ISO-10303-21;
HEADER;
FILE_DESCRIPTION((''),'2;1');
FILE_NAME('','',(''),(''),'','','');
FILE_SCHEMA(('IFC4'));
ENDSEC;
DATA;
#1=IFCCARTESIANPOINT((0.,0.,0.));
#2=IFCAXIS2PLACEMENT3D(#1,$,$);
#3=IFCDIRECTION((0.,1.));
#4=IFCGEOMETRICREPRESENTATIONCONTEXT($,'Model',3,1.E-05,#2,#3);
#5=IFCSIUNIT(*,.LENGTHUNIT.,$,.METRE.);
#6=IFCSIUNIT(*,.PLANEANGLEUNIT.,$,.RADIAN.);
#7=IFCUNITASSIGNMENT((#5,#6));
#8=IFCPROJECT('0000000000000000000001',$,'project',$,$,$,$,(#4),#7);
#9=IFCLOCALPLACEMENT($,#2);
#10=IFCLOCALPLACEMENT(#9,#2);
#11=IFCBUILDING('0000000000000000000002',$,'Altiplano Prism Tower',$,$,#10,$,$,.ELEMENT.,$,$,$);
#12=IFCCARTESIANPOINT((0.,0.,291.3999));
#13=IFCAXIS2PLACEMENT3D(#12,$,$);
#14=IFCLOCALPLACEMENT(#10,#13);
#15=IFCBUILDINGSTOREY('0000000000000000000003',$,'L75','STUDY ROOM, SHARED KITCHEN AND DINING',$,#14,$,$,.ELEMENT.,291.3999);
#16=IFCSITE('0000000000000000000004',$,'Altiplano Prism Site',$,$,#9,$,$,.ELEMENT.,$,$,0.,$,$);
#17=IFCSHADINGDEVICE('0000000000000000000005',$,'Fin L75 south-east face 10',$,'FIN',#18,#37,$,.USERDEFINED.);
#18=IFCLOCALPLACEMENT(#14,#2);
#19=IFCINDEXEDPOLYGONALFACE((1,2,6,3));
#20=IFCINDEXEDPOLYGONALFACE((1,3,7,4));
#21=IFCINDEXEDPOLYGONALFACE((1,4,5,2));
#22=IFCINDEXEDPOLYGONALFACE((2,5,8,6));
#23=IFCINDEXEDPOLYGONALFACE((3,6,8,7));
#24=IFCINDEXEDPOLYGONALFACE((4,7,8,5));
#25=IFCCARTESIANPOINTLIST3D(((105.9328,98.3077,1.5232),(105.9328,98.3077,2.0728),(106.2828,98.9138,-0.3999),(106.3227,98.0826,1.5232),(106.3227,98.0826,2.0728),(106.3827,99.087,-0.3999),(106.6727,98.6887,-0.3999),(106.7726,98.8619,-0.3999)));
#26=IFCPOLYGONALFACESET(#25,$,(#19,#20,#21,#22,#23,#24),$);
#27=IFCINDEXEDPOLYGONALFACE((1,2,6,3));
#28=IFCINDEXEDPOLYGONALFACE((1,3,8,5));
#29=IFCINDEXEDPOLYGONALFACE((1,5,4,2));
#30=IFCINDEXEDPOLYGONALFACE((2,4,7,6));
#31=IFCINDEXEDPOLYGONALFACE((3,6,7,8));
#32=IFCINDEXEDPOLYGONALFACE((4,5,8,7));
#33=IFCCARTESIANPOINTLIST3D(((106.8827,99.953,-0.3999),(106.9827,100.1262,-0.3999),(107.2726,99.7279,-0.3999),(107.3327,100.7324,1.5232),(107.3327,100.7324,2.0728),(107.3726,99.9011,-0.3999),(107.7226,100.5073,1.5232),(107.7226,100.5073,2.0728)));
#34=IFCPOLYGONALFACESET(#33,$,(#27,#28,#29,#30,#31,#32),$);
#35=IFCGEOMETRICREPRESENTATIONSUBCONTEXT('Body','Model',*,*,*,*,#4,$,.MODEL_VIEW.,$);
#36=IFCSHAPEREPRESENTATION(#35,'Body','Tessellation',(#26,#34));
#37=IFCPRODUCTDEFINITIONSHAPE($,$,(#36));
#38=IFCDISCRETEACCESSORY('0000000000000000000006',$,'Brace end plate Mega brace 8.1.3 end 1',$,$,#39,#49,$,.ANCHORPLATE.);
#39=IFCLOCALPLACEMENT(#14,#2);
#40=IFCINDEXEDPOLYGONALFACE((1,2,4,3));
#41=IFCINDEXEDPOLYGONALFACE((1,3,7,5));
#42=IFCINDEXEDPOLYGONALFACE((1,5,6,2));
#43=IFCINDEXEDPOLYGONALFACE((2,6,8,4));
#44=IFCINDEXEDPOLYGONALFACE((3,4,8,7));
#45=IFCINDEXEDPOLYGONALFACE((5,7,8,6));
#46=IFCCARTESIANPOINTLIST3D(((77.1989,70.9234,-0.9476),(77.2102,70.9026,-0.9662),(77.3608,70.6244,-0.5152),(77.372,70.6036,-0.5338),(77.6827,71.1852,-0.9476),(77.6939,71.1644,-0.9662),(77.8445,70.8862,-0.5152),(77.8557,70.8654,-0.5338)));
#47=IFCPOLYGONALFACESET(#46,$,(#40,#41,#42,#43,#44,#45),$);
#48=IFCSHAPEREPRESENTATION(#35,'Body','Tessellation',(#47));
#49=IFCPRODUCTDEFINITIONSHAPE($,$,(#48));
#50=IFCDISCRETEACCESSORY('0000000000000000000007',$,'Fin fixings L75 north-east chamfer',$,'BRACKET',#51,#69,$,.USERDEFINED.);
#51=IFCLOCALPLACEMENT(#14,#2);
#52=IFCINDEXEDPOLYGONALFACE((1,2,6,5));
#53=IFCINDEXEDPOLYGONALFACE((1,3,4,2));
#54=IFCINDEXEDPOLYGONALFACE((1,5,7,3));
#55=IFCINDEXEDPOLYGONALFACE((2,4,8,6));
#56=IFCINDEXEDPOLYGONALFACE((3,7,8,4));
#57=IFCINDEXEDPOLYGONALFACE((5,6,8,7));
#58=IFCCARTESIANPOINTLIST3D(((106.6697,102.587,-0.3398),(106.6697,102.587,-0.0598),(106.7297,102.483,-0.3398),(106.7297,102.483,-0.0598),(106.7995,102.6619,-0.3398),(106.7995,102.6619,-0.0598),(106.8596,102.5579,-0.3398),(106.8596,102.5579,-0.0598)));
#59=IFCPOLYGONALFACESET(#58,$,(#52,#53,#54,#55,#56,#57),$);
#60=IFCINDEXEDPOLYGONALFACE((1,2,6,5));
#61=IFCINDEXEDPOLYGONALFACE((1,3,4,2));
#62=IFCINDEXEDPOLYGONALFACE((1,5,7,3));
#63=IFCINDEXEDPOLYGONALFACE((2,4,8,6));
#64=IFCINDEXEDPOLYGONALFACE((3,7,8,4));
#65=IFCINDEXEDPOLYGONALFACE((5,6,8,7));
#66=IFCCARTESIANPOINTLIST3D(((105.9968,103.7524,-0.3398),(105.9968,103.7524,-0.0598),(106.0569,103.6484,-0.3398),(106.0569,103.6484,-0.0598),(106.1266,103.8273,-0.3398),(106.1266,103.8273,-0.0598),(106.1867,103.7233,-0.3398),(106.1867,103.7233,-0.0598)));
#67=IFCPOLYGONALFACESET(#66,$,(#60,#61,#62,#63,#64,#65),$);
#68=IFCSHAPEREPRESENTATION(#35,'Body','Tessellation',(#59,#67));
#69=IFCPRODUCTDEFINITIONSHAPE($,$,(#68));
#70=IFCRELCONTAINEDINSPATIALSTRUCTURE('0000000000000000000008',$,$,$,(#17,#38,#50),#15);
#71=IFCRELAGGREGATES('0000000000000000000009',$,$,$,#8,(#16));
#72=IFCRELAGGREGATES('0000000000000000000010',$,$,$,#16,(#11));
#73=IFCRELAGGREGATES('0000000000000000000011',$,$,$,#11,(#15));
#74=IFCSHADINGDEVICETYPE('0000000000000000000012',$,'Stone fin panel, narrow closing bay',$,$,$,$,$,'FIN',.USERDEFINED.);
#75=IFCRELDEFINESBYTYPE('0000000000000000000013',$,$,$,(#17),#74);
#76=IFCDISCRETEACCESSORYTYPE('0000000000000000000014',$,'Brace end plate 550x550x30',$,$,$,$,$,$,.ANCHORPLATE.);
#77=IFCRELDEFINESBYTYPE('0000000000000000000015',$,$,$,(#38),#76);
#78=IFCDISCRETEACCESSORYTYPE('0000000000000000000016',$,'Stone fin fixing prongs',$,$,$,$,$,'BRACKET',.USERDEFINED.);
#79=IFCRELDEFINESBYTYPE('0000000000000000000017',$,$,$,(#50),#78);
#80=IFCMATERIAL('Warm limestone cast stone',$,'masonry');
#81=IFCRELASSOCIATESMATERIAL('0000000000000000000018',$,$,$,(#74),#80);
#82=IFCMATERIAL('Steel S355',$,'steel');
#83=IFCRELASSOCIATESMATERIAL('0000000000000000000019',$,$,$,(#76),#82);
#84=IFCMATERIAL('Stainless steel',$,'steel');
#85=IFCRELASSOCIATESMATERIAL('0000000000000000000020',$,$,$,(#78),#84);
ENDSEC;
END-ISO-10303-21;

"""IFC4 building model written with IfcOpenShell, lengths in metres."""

from ifc_helpers import new_model, si_unit, direction, frame, origin, origin_2d, place, context, subcontext, project, spatial, polyline, rectangle, outline, extrude, source, transform, mapped, material, material_profile, profile_set, type_object, element, save


model = new_model("IFC4")

# Units and contexts
model_context = context("Model", 3, precision=1e-05, world=origin(), true_north=direction((0.0, 1.0)))
body_context = subcontext(model_context, "Body", "Model", "MODEL_VIEW")
ifc_project = project(units=[si_unit("LENGTHUNIT", "METRE"), si_unit("PLANEANGLEUNIT", "RADIAN")], contexts=[model_context])

# Site, building, storey
site_placement = place(None, origin())
site = spatial("IfcSite", under=ifc_project, at=site_placement, Name="Altiplano Prism Site", CompositionType="ELEMENT", RefElevation=0.0)
building_placement = place(site_placement, origin())
building = spatial("IfcBuilding", under=site, at=building_placement, Name="Altiplano Prism Tower", CompositionType="ELEMENT")
storey_placement = place(building_placement, frame((0.0, 0.0, 291.3999)))
storey = spatial("IfcBuildingStorey", under=building, at=storey_placement, Name="L75", Description="STUDY ROOM, SHARED KITCHEN AND DINING", CompositionType="ELEMENT", Elevation=291.3999)

# Shared definitions
ifc_material_1 = material(Name="Steel S355", Category="steel")

# Shading device
ifc_material_2 = material(Name="Warm limestone cast stone", Category="masonry")
shading_device_type_1 = type_object("IfcShadingDeviceType", Name="Stone fin panel, narrow closing bay", ElementType="FIN", PredefinedType="USERDEFINED", material=ifc_material_2)
shared_shape_1 = source(origin(), body_context, "Body", "SweptSolid", [
    extrude(outline(polyline([(-1.3999, 2.4727), (-1.3999, 1.9231), (-0.7, 0.0), (-0.5, 0.0), (-1.3999, 2.4727)])), frame((0.0, -0.1499, 0.0), z_axis=(0.0, -1.0, 0.0), x_axis=(1.0, 0.0, 0.0)), (0.0, 0.0, 1.0), 0.4502),
    extrude(outline(polyline([(1.3999, 1.9231), (1.3999, 2.4727), (0.5, 0.0), (0.7, 0.0), (1.3999, 1.9231)])), frame((0.0, -0.1499, 0.0), z_axis=(0.0, -1.0, 0.0), x_axis=(1.0, 0.0, 0.0)), (0.0, 0.0, 1.0), 0.4502),
])
shading_device_1_placement = place(storey_placement, origin())
element("IfcShadingDevice", 1, at=shading_device_1_placement, inside=storey, type_object=shading_device_type_1, Name="Fin L75 south-east face 10", ObjectType="FIN", PredefinedType="USERDEFINED", context=body_context, shape_type="MappedRepresentation", body=[
    mapped(shared_shape_1, transform((106.5029, 99.595, -0.3999), x_axis=(0.5, 0.866025, 0.0), y_axis=(-0.866025, 0.5, 0.0), z_axis=(0.0, 0.0, 1.0))),
])

# Discrete accessories
ifc_material_profile_1 = material_profile(ifc_material_1, rectangle(XDim=0.55, YDim=0.55, at=origin_2d()), Name="Brace end plate 550x550x30")
ifc_profile_set_1 = profile_set([ifc_material_profile_1], Name="Steel S355")
discrete_accessory_type_1 = type_object("IfcDiscreteAccessoryType", Name="Brace end plate 550x550x30", PredefinedType="ANCHORPLATE", material=ifc_profile_set_1)
discrete_accessory_1_placement = place(storey_placement, frame((77.533, 70.884, -0.75), z_axis=(-0.374132, 0.691331, 0.618131), x_axis=(-0.879472, -0.47595, 0.0)))
element("IfcDiscreteAccessory", 2, at=discrete_accessory_1_placement, inside=storey, type_object=discrete_accessory_type_1, Name="Brace end plate Mega brace 8.1.3 end 1", PredefinedType="ANCHORPLATE", context=body_context, shape_type="SweptSolid", body=[
    extrude(rectangle(XDim=0.55, YDim=0.55, at=origin_2d()), origin(), (0.0, 0.0, 1.0), 0.03),
])
ifc_material_3 = material(Name="Stainless steel", Category="steel")
discrete_accessory_type_2 = type_object("IfcDiscreteAccessoryType", Name="Stone fin fixing prongs", ElementType="BRACKET", PredefinedType="USERDEFINED", material=ifc_material_3)
shared_shape_2 = source(origin(), body_context, "Body", "SweptSolid", [
    extrude(outline(polyline([(-0.7329, 0.0601), (-0.6128, 0.0601), (-0.6128, 0.3401), (-0.7329, 0.3401), (-0.7329, 0.0601)])), frame((0.0, 0.0, 0.0), z_axis=(0.0, -1.0, 0.0), x_axis=(1.0, 0.0, 0.0)), (0.0, 0.0, 1.0), 0.1499),
    extrude(outline(polyline([(0.6128, 0.0601), (0.7329, 0.0601), (0.7329, 0.3401), (0.6128, 0.3401), (0.6128, 0.0601)])), frame((0.0, 0.0, 0.0), z_axis=(0.0, -1.0, 0.0), x_axis=(1.0, 0.0, 0.0)), (0.0, 0.0, 1.0), 0.1499),
])
discrete_accessory_2_placement = place(storey_placement, origin())
element("IfcDiscreteAccessory", 3, at=discrete_accessory_2_placement, inside=storey, type_object=discrete_accessory_type_2, Name="Fin fixings L75 north-east chamfer", ObjectType="BRACKET", PredefinedType="USERDEFINED", context=body_context, shape_type="MappedRepresentation", body=[
    mapped(shared_shape_2, transform((106.3633, 103.1177, -0.3999), x_axis=(-0.5, 0.866025, 0.0), y_axis=(-0.866025, -0.5, 0.0), z_axis=(0.0, 0.0, 1.0))),
])

save(model, "model.ifc")
